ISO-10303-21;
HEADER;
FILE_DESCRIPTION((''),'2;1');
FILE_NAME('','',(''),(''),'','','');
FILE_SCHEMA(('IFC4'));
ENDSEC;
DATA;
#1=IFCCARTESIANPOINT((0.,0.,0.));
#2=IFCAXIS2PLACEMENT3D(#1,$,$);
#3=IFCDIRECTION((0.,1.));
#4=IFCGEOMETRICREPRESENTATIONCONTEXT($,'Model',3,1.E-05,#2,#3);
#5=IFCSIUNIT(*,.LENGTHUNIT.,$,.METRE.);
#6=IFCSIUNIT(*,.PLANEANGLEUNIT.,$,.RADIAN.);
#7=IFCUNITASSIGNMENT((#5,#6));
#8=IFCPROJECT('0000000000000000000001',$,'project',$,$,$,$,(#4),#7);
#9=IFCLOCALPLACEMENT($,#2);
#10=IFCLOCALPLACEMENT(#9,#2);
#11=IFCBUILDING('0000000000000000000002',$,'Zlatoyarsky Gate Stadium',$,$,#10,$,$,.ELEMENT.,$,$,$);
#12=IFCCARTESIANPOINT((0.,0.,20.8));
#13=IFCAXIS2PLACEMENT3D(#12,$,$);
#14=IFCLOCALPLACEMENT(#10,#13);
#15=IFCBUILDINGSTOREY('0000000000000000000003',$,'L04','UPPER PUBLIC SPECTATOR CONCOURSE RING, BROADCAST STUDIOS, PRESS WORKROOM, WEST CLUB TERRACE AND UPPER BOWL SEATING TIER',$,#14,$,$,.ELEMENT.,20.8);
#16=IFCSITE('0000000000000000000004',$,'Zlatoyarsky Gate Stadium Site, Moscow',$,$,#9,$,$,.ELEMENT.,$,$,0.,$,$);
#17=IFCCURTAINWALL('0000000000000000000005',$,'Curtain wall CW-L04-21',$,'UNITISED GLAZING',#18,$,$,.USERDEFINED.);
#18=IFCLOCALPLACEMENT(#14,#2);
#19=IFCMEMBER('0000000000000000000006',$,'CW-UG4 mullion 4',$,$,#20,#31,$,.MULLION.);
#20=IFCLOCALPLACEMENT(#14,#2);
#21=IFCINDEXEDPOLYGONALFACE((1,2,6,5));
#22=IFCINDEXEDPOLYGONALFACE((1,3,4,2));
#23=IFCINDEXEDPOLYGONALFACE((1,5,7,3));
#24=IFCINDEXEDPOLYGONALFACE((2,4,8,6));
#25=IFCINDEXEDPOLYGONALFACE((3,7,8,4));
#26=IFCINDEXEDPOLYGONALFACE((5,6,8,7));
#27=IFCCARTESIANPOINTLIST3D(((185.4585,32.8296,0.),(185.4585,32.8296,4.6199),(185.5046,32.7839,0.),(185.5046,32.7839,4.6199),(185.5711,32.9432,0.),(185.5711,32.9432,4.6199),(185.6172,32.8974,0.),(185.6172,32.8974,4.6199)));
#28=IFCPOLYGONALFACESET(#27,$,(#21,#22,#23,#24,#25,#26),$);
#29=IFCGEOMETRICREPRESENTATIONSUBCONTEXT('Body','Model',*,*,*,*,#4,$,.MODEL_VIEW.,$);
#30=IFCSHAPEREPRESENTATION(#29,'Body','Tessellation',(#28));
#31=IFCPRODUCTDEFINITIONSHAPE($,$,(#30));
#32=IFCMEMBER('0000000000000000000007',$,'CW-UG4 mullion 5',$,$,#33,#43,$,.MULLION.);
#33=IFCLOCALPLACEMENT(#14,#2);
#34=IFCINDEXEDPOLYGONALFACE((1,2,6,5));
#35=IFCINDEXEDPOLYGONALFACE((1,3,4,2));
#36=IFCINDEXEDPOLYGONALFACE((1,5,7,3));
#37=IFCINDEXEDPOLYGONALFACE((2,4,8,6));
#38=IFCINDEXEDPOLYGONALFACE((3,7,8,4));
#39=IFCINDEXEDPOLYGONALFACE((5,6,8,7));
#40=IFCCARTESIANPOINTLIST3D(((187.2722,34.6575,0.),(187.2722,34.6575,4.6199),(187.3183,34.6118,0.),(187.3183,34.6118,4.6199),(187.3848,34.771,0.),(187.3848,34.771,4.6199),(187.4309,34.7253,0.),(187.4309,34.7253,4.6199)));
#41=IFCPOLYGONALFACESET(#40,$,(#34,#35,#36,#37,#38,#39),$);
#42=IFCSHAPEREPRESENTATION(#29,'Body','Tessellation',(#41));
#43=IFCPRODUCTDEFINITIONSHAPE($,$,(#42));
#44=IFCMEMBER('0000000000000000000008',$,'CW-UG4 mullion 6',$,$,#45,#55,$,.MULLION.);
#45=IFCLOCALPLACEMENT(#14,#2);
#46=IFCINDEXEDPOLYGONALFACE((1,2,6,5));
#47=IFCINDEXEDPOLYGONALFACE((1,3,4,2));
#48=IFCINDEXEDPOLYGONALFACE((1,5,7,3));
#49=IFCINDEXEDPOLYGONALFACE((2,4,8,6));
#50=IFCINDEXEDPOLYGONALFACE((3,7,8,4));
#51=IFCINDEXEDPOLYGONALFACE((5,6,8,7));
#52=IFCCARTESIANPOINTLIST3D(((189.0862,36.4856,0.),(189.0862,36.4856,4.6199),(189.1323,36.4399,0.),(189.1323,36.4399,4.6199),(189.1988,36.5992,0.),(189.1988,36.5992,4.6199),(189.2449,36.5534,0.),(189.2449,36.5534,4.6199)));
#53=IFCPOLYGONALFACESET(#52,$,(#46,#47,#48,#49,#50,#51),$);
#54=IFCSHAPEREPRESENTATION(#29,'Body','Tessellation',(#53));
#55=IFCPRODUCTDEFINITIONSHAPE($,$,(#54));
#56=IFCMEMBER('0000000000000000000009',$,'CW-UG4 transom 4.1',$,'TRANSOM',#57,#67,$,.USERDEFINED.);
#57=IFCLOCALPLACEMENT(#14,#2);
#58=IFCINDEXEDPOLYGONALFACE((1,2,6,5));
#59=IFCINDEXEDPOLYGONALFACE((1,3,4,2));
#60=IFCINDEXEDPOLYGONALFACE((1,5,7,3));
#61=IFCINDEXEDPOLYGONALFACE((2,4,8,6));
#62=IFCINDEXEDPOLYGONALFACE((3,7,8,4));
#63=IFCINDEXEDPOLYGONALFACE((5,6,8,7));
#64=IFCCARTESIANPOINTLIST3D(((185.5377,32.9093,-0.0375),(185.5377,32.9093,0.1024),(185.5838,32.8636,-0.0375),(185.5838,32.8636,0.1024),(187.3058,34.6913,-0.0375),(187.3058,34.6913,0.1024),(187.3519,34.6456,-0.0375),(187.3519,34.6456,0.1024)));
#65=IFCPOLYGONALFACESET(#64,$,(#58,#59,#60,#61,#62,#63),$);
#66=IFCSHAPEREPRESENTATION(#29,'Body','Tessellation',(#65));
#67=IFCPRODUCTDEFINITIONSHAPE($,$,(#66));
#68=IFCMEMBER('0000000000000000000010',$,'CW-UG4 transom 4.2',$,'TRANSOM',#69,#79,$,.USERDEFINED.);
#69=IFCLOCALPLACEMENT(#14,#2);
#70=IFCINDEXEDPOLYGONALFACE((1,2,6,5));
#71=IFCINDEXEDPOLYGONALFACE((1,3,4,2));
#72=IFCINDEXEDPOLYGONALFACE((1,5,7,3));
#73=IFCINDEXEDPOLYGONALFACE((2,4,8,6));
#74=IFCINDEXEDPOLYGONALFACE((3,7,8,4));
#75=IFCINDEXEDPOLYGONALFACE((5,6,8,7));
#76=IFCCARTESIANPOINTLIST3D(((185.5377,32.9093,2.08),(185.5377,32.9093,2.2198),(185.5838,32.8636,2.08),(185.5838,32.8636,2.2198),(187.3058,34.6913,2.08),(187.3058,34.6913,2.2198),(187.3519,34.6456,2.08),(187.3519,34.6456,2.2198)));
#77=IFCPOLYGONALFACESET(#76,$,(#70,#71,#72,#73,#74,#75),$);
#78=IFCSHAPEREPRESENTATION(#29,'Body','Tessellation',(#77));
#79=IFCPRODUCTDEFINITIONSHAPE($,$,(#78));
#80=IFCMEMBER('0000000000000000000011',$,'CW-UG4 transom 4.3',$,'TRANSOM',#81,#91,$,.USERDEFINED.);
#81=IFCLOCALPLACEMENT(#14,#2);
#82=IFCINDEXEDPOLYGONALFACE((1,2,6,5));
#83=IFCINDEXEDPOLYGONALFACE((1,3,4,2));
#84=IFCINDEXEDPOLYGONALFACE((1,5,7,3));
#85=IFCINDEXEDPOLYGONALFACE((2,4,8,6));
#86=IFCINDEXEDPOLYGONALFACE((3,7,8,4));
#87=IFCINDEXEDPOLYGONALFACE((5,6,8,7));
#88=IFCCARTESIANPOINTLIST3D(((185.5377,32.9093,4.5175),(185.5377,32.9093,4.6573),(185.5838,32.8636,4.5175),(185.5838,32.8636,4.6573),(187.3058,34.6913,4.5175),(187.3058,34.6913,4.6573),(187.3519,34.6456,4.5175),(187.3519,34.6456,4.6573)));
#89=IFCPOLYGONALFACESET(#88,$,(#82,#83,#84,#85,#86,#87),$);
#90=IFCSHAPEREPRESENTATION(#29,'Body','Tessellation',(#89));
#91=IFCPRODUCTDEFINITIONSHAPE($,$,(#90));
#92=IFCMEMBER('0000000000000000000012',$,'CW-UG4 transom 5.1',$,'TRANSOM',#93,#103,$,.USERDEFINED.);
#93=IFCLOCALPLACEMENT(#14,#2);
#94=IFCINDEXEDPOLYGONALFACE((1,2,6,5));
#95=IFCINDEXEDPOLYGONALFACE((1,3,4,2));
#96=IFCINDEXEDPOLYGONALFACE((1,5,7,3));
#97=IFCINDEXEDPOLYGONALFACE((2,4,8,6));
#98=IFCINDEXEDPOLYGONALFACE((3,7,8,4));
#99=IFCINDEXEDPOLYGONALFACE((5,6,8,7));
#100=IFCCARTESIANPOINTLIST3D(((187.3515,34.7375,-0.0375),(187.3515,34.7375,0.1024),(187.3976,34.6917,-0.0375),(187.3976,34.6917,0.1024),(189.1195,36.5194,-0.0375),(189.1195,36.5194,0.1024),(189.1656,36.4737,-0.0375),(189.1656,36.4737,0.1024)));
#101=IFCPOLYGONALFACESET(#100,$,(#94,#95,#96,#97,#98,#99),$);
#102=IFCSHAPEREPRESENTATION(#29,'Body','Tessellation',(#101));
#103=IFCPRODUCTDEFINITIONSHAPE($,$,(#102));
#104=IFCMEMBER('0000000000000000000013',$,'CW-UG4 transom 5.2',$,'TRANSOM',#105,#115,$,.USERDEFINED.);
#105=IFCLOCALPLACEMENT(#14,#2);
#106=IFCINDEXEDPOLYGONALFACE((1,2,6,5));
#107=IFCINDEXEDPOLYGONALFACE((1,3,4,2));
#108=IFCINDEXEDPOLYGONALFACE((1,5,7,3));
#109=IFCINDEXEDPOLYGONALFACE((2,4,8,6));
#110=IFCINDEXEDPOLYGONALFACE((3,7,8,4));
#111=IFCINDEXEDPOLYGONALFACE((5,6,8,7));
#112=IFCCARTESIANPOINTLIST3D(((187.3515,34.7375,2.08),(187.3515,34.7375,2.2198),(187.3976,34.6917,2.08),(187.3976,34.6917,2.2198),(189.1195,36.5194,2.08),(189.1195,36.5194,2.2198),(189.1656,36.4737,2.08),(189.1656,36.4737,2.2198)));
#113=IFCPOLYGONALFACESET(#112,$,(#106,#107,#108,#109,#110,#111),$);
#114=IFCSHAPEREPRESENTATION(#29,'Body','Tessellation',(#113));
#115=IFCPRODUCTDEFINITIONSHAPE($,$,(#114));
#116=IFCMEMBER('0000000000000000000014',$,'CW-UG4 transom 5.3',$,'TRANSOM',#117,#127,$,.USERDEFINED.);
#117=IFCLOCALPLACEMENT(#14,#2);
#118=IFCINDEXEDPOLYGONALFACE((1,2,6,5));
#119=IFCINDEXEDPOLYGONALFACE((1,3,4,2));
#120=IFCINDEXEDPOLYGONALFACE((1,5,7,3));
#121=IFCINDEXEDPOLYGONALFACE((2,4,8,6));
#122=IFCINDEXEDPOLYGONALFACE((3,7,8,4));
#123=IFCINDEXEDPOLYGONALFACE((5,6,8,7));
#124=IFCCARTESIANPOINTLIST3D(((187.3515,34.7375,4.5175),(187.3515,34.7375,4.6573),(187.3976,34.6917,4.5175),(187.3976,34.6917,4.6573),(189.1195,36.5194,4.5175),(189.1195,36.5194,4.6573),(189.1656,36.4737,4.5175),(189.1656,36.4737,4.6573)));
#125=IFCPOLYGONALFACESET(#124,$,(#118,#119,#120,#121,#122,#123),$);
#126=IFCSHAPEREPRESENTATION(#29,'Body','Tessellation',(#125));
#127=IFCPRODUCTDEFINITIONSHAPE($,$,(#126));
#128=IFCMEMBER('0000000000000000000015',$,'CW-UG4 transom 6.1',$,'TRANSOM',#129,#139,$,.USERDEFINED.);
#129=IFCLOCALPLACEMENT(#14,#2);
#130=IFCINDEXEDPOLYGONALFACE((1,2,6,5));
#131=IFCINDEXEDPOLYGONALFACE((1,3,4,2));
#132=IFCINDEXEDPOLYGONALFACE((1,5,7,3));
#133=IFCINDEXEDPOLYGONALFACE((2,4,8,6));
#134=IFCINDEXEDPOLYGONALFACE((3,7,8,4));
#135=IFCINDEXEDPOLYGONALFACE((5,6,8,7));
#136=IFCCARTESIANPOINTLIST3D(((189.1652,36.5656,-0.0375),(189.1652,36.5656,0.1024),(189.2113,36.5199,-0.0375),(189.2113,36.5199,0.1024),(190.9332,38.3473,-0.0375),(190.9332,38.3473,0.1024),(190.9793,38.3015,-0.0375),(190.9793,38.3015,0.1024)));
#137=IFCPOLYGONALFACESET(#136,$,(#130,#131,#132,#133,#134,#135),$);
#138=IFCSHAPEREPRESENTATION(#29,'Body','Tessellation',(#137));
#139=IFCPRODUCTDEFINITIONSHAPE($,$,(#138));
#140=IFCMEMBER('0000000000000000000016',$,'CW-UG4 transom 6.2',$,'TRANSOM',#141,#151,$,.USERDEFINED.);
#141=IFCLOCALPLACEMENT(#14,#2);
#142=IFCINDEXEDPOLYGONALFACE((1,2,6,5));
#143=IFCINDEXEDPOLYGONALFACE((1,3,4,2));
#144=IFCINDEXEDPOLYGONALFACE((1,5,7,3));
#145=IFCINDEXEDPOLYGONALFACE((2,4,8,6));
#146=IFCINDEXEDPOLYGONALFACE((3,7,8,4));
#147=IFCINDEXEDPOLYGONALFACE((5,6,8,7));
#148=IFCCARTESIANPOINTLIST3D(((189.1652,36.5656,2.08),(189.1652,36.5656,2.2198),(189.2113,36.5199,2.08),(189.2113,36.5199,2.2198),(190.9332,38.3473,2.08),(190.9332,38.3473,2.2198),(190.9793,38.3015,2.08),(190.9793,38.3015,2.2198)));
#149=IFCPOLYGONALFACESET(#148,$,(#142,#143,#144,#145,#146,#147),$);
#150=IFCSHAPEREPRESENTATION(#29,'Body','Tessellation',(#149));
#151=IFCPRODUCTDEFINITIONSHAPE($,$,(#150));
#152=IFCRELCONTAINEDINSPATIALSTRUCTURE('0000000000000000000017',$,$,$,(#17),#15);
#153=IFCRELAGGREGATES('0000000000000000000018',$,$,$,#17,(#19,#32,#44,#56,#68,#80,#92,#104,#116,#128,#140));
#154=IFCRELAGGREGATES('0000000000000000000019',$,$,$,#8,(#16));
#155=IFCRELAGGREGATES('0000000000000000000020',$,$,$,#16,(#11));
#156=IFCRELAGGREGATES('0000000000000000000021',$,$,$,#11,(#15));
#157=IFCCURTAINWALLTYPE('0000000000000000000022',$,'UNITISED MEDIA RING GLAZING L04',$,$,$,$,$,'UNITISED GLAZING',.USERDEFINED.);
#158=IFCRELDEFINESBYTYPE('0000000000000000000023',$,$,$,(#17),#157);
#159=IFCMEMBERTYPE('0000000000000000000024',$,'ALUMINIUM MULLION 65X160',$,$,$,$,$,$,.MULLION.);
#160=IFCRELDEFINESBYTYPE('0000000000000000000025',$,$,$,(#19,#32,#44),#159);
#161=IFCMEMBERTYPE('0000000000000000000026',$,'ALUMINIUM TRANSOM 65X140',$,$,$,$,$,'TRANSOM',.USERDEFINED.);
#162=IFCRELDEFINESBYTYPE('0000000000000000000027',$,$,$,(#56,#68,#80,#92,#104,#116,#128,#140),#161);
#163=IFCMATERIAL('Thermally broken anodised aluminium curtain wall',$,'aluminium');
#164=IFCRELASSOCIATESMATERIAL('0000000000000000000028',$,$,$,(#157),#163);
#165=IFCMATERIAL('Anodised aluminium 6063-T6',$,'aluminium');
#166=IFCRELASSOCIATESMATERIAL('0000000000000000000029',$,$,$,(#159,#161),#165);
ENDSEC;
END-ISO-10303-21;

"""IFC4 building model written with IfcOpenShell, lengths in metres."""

from ifc_helpers import new_model, si_unit, direction, frame, origin, origin_2d, place, context, subcontext, project, spatial, rectangle, extrude, material, material_profile, profile_set, type_object, element, aggregate, save


model = new_model("IFC4")

# Units and contexts
model_context = context("Model", 3, precision=1e-05, world=origin(), true_north=direction((0.0, 1.0)))
body_context = subcontext(model_context, "Body", "Model", "MODEL_VIEW")
ifc_project = project(units=[si_unit("LENGTHUNIT", "METRE"), si_unit("PLANEANGLEUNIT", "RADIAN")], contexts=[model_context])

# Site, building, storey
site_placement = place(None, origin())
site = spatial("IfcSite", under=ifc_project, at=site_placement, Name="Zlatoyarsky Gate Stadium Site, Moscow", CompositionType="ELEMENT", RefElevation=0.0)
building_placement = place(site_placement, origin())
building = spatial("IfcBuilding", under=site, at=building_placement, Name="Zlatoyarsky Gate Stadium", CompositionType="ELEMENT")
storey_placement = place(building_placement, frame((0.0, 0.0, 20.8)))
storey = spatial("IfcBuildingStorey", under=building, at=storey_placement, Name="L04", Description="UPPER PUBLIC SPECTATOR CONCOURSE RING, BROADCAST STUDIOS, PRESS WORKROOM, WEST CLUB TERRACE AND UPPER BOWL SEATING TIER", CompositionType="ELEMENT", Elevation=20.8)

# Curtain wall, members
ifc_material_1 = material(Name="Thermally broken anodised aluminium curtain wall", Category="aluminium")
curtain_wall_type = type_object("IfcCurtainWallType", Name="UNITISED MEDIA RING GLAZING L04", ElementType="UNITISED GLAZING", PredefinedType="USERDEFINED", material=ifc_material_1)
curtain_wall_placement = place(storey_placement, origin())
curtain_wall = element("IfcCurtainWall", 1, at=curtain_wall_placement, inside=storey, type_object=curtain_wall_type, Name="Curtain wall CW-L04-21", ObjectType="UNITISED GLAZING", PredefinedType="USERDEFINED")
ifc_material_2 = material(Name="Anodised aluminium 6063-T6", Category="aluminium")
ifc_material_profile_1 = material_profile(ifc_material_2, rectangle(XDim=0.0649, YDim=0.1599, at=origin_2d()), Name="ALU 65X160")
ifc_profile_set_1 = profile_set([ifc_material_profile_1], Name="Anodised aluminium 6063-T6")
member_type_1 = type_object("IfcMemberType", Name="ALUMINIUM MULLION 65X160", PredefinedType="MULLION", material=ifc_profile_set_1)
member_1_placement = place(storey_placement, frame((185.5378, 32.8635, 0.0), z_axis=(0.0, 0.0, 1.0), x_axis=(-0.709871, 0.704332, 0.0)))
member_1 = element("IfcMember", 2, at=member_1_placement, type_object=member_type_1, Name="CW-UG4 mullion 4", PredefinedType="MULLION", context=body_context, shape_type="SweptSolid", body=[
    extrude(rectangle(XDim=0.0649, YDim=0.1599, at=origin_2d()), origin(), (0.0, 0.0, 1.0), 4.6199),
])
member_2_placement = place(storey_placement, frame((187.3516, 34.6914, 0.0), z_axis=(0.0, 0.0, 1.0), x_axis=(-0.709871, 0.704332, 0.0)))
member_2 = element("IfcMember", 3, at=member_2_placement, type_object=member_type_1, Name="CW-UG4 mullion 5", PredefinedType="MULLION", context=body_context, shape_type="SweptSolid", body=[
    extrude(rectangle(XDim=0.0649, YDim=0.1599, at=origin_2d()), origin(), (0.0, 0.0, 1.0), 4.6199),
])
member_3_placement = place(storey_placement, frame((189.1655, 36.5195, 0.0), z_axis=(0.0, 0.0, 1.0), x_axis=(-0.709871, 0.704332, 0.0)))
member_3 = element("IfcMember", 4, at=member_3_placement, type_object=member_type_1, Name="CW-UG4 mullion 6", PredefinedType="MULLION", context=body_context, shape_type="SweptSolid", body=[
    extrude(rectangle(XDim=0.0649, YDim=0.1599, at=origin_2d()), origin(), (0.0, 0.0, 1.0), 4.6199),
])
ifc_material_profile_2 = material_profile(ifc_material_2, rectangle(XDim=0.0649, YDim=0.1399, at=origin_2d()), Name="ALU 65X140")
ifc_profile_set_2 = profile_set([ifc_material_profile_2], Name="Anodised aluminium 6063-T6")
member_type_2 = type_object("IfcMemberType", Name="ALUMINIUM TRANSOM 65X140", ElementType="TRANSOM", PredefinedType="USERDEFINED", material=ifc_profile_set_2)
member_4_placement = place(storey_placement, frame((185.5608, 32.8865, 0.0325), z_axis=(0.70433, 0.709873, 0.0), x_axis=(-0.709873, 0.70433, 0.0)))
member_4 = element("IfcMember", 5, at=member_4_placement, type_object=member_type_2, Name="CW-UG4 transom 4.1", ObjectType="TRANSOM", PredefinedType="USERDEFINED", context=body_context, shape_type="SweptSolid", body=[
    extrude(rectangle(XDim=0.0649, YDim=0.1399, at=origin_2d()), origin(), (0.0, 0.0, 1.0), 2.5103),
])
member_5_placement = place(storey_placement, frame((185.5608, 32.8865, 2.1499), z_axis=(0.70433, 0.709873, 0.0), x_axis=(-0.709873, 0.70433, 0.0)))
member_5 = element("IfcMember", 6, at=member_5_placement, type_object=member_type_2, Name="CW-UG4 transom 4.2", ObjectType="TRANSOM", PredefinedType="USERDEFINED", context=body_context, shape_type="SweptSolid", body=[
    extrude(rectangle(XDim=0.0649, YDim=0.1399, at=origin_2d()), origin(), (0.0, 0.0, 1.0), 2.5103),
])
member_6_placement = place(storey_placement, frame((185.5608, 32.8865, 4.5874), z_axis=(0.70433, 0.709873, 0.0), x_axis=(-0.709873, 0.70433, 0.0)))
member_6 = element("IfcMember", 7, at=member_6_placement, type_object=member_type_2, Name="CW-UG4 transom 4.3", ObjectType="TRANSOM", PredefinedType="USERDEFINED", context=body_context, shape_type="SweptSolid", body=[
    extrude(rectangle(XDim=0.0649, YDim=0.1399, at=origin_2d()), origin(), (0.0, 0.0, 1.0), 2.5103),
])
member_7_placement = place(storey_placement, frame((187.3745, 34.7146, 0.0325), z_axis=(0.70433, 0.709873, 0.0), x_axis=(-0.709873, 0.70433, 0.0)))
member_7 = element("IfcMember", 8, at=member_7_placement, type_object=member_type_2, Name="CW-UG4 transom 5.1", ObjectType="TRANSOM", PredefinedType="USERDEFINED", context=body_context, shape_type="SweptSolid", body=[
    extrude(rectangle(XDim=0.0649, YDim=0.1399, at=origin_2d()), origin(), (0.0, 0.0, 1.0), 2.5103),
])
member_8_placement = place(storey_placement, frame((187.3745, 34.7146, 2.1499), z_axis=(0.70433, 0.709873, 0.0), x_axis=(-0.709873, 0.70433, 0.0)))
member_8 = element("IfcMember", 9, at=member_8_placement, type_object=member_type_2, Name="CW-UG4 transom 5.2", ObjectType="TRANSOM", PredefinedType="USERDEFINED", context=body_context, shape_type="SweptSolid", body=[
    extrude(rectangle(XDim=0.0649, YDim=0.1399, at=origin_2d()), origin(), (0.0, 0.0, 1.0), 2.5103),
])
member_9_placement = place(storey_placement, frame((187.3745, 34.7146, 4.5874), z_axis=(0.70433, 0.709873, 0.0), x_axis=(-0.709873, 0.70433, 0.0)))
member_9 = element("IfcMember", 10, at=member_9_placement, type_object=member_type_2, Name="CW-UG4 transom 5.3", ObjectType="TRANSOM", PredefinedType="USERDEFINED", context=body_context, shape_type="SweptSolid", body=[
    extrude(rectangle(XDim=0.0649, YDim=0.1399, at=origin_2d()), origin(), (0.0, 0.0, 1.0), 2.5103),
])
member_10_placement = place(storey_placement, frame((189.1882, 36.5427, 0.0325), z_axis=(0.704378, 0.709825, 0.0), x_axis=(-0.709825, 0.704378, 0.0)))
member_10 = element("IfcMember", 11, at=member_10_placement, type_object=member_type_2, Name="CW-UG4 transom 6.1", ObjectType="TRANSOM", PredefinedType="USERDEFINED", context=body_context, shape_type="SweptSolid", body=[
    extrude(rectangle(XDim=0.0649, YDim=0.1399, at=origin_2d()), origin(), (0.0, 0.0, 1.0), 2.51),
])
member_11_placement = place(storey_placement, frame((189.1882, 36.5427, 2.1499), z_axis=(0.704378, 0.709825, 0.0), x_axis=(-0.709825, 0.704378, 0.0)))
member_11 = element("IfcMember", 12, at=member_11_placement, type_object=member_type_2, Name="CW-UG4 transom 6.2", ObjectType="TRANSOM", PredefinedType="USERDEFINED", context=body_context, shape_type="SweptSolid", body=[
    extrude(rectangle(XDim=0.0649, YDim=0.1399, at=origin_2d()), origin(), (0.0, 0.0, 1.0), 2.51),
])

aggregate(curtain_wall, [member_1, member_2, member_3, member_4, member_5, member_6, member_7, member_8, member_9, member_10, member_11])

save(model, "model.ifc")
